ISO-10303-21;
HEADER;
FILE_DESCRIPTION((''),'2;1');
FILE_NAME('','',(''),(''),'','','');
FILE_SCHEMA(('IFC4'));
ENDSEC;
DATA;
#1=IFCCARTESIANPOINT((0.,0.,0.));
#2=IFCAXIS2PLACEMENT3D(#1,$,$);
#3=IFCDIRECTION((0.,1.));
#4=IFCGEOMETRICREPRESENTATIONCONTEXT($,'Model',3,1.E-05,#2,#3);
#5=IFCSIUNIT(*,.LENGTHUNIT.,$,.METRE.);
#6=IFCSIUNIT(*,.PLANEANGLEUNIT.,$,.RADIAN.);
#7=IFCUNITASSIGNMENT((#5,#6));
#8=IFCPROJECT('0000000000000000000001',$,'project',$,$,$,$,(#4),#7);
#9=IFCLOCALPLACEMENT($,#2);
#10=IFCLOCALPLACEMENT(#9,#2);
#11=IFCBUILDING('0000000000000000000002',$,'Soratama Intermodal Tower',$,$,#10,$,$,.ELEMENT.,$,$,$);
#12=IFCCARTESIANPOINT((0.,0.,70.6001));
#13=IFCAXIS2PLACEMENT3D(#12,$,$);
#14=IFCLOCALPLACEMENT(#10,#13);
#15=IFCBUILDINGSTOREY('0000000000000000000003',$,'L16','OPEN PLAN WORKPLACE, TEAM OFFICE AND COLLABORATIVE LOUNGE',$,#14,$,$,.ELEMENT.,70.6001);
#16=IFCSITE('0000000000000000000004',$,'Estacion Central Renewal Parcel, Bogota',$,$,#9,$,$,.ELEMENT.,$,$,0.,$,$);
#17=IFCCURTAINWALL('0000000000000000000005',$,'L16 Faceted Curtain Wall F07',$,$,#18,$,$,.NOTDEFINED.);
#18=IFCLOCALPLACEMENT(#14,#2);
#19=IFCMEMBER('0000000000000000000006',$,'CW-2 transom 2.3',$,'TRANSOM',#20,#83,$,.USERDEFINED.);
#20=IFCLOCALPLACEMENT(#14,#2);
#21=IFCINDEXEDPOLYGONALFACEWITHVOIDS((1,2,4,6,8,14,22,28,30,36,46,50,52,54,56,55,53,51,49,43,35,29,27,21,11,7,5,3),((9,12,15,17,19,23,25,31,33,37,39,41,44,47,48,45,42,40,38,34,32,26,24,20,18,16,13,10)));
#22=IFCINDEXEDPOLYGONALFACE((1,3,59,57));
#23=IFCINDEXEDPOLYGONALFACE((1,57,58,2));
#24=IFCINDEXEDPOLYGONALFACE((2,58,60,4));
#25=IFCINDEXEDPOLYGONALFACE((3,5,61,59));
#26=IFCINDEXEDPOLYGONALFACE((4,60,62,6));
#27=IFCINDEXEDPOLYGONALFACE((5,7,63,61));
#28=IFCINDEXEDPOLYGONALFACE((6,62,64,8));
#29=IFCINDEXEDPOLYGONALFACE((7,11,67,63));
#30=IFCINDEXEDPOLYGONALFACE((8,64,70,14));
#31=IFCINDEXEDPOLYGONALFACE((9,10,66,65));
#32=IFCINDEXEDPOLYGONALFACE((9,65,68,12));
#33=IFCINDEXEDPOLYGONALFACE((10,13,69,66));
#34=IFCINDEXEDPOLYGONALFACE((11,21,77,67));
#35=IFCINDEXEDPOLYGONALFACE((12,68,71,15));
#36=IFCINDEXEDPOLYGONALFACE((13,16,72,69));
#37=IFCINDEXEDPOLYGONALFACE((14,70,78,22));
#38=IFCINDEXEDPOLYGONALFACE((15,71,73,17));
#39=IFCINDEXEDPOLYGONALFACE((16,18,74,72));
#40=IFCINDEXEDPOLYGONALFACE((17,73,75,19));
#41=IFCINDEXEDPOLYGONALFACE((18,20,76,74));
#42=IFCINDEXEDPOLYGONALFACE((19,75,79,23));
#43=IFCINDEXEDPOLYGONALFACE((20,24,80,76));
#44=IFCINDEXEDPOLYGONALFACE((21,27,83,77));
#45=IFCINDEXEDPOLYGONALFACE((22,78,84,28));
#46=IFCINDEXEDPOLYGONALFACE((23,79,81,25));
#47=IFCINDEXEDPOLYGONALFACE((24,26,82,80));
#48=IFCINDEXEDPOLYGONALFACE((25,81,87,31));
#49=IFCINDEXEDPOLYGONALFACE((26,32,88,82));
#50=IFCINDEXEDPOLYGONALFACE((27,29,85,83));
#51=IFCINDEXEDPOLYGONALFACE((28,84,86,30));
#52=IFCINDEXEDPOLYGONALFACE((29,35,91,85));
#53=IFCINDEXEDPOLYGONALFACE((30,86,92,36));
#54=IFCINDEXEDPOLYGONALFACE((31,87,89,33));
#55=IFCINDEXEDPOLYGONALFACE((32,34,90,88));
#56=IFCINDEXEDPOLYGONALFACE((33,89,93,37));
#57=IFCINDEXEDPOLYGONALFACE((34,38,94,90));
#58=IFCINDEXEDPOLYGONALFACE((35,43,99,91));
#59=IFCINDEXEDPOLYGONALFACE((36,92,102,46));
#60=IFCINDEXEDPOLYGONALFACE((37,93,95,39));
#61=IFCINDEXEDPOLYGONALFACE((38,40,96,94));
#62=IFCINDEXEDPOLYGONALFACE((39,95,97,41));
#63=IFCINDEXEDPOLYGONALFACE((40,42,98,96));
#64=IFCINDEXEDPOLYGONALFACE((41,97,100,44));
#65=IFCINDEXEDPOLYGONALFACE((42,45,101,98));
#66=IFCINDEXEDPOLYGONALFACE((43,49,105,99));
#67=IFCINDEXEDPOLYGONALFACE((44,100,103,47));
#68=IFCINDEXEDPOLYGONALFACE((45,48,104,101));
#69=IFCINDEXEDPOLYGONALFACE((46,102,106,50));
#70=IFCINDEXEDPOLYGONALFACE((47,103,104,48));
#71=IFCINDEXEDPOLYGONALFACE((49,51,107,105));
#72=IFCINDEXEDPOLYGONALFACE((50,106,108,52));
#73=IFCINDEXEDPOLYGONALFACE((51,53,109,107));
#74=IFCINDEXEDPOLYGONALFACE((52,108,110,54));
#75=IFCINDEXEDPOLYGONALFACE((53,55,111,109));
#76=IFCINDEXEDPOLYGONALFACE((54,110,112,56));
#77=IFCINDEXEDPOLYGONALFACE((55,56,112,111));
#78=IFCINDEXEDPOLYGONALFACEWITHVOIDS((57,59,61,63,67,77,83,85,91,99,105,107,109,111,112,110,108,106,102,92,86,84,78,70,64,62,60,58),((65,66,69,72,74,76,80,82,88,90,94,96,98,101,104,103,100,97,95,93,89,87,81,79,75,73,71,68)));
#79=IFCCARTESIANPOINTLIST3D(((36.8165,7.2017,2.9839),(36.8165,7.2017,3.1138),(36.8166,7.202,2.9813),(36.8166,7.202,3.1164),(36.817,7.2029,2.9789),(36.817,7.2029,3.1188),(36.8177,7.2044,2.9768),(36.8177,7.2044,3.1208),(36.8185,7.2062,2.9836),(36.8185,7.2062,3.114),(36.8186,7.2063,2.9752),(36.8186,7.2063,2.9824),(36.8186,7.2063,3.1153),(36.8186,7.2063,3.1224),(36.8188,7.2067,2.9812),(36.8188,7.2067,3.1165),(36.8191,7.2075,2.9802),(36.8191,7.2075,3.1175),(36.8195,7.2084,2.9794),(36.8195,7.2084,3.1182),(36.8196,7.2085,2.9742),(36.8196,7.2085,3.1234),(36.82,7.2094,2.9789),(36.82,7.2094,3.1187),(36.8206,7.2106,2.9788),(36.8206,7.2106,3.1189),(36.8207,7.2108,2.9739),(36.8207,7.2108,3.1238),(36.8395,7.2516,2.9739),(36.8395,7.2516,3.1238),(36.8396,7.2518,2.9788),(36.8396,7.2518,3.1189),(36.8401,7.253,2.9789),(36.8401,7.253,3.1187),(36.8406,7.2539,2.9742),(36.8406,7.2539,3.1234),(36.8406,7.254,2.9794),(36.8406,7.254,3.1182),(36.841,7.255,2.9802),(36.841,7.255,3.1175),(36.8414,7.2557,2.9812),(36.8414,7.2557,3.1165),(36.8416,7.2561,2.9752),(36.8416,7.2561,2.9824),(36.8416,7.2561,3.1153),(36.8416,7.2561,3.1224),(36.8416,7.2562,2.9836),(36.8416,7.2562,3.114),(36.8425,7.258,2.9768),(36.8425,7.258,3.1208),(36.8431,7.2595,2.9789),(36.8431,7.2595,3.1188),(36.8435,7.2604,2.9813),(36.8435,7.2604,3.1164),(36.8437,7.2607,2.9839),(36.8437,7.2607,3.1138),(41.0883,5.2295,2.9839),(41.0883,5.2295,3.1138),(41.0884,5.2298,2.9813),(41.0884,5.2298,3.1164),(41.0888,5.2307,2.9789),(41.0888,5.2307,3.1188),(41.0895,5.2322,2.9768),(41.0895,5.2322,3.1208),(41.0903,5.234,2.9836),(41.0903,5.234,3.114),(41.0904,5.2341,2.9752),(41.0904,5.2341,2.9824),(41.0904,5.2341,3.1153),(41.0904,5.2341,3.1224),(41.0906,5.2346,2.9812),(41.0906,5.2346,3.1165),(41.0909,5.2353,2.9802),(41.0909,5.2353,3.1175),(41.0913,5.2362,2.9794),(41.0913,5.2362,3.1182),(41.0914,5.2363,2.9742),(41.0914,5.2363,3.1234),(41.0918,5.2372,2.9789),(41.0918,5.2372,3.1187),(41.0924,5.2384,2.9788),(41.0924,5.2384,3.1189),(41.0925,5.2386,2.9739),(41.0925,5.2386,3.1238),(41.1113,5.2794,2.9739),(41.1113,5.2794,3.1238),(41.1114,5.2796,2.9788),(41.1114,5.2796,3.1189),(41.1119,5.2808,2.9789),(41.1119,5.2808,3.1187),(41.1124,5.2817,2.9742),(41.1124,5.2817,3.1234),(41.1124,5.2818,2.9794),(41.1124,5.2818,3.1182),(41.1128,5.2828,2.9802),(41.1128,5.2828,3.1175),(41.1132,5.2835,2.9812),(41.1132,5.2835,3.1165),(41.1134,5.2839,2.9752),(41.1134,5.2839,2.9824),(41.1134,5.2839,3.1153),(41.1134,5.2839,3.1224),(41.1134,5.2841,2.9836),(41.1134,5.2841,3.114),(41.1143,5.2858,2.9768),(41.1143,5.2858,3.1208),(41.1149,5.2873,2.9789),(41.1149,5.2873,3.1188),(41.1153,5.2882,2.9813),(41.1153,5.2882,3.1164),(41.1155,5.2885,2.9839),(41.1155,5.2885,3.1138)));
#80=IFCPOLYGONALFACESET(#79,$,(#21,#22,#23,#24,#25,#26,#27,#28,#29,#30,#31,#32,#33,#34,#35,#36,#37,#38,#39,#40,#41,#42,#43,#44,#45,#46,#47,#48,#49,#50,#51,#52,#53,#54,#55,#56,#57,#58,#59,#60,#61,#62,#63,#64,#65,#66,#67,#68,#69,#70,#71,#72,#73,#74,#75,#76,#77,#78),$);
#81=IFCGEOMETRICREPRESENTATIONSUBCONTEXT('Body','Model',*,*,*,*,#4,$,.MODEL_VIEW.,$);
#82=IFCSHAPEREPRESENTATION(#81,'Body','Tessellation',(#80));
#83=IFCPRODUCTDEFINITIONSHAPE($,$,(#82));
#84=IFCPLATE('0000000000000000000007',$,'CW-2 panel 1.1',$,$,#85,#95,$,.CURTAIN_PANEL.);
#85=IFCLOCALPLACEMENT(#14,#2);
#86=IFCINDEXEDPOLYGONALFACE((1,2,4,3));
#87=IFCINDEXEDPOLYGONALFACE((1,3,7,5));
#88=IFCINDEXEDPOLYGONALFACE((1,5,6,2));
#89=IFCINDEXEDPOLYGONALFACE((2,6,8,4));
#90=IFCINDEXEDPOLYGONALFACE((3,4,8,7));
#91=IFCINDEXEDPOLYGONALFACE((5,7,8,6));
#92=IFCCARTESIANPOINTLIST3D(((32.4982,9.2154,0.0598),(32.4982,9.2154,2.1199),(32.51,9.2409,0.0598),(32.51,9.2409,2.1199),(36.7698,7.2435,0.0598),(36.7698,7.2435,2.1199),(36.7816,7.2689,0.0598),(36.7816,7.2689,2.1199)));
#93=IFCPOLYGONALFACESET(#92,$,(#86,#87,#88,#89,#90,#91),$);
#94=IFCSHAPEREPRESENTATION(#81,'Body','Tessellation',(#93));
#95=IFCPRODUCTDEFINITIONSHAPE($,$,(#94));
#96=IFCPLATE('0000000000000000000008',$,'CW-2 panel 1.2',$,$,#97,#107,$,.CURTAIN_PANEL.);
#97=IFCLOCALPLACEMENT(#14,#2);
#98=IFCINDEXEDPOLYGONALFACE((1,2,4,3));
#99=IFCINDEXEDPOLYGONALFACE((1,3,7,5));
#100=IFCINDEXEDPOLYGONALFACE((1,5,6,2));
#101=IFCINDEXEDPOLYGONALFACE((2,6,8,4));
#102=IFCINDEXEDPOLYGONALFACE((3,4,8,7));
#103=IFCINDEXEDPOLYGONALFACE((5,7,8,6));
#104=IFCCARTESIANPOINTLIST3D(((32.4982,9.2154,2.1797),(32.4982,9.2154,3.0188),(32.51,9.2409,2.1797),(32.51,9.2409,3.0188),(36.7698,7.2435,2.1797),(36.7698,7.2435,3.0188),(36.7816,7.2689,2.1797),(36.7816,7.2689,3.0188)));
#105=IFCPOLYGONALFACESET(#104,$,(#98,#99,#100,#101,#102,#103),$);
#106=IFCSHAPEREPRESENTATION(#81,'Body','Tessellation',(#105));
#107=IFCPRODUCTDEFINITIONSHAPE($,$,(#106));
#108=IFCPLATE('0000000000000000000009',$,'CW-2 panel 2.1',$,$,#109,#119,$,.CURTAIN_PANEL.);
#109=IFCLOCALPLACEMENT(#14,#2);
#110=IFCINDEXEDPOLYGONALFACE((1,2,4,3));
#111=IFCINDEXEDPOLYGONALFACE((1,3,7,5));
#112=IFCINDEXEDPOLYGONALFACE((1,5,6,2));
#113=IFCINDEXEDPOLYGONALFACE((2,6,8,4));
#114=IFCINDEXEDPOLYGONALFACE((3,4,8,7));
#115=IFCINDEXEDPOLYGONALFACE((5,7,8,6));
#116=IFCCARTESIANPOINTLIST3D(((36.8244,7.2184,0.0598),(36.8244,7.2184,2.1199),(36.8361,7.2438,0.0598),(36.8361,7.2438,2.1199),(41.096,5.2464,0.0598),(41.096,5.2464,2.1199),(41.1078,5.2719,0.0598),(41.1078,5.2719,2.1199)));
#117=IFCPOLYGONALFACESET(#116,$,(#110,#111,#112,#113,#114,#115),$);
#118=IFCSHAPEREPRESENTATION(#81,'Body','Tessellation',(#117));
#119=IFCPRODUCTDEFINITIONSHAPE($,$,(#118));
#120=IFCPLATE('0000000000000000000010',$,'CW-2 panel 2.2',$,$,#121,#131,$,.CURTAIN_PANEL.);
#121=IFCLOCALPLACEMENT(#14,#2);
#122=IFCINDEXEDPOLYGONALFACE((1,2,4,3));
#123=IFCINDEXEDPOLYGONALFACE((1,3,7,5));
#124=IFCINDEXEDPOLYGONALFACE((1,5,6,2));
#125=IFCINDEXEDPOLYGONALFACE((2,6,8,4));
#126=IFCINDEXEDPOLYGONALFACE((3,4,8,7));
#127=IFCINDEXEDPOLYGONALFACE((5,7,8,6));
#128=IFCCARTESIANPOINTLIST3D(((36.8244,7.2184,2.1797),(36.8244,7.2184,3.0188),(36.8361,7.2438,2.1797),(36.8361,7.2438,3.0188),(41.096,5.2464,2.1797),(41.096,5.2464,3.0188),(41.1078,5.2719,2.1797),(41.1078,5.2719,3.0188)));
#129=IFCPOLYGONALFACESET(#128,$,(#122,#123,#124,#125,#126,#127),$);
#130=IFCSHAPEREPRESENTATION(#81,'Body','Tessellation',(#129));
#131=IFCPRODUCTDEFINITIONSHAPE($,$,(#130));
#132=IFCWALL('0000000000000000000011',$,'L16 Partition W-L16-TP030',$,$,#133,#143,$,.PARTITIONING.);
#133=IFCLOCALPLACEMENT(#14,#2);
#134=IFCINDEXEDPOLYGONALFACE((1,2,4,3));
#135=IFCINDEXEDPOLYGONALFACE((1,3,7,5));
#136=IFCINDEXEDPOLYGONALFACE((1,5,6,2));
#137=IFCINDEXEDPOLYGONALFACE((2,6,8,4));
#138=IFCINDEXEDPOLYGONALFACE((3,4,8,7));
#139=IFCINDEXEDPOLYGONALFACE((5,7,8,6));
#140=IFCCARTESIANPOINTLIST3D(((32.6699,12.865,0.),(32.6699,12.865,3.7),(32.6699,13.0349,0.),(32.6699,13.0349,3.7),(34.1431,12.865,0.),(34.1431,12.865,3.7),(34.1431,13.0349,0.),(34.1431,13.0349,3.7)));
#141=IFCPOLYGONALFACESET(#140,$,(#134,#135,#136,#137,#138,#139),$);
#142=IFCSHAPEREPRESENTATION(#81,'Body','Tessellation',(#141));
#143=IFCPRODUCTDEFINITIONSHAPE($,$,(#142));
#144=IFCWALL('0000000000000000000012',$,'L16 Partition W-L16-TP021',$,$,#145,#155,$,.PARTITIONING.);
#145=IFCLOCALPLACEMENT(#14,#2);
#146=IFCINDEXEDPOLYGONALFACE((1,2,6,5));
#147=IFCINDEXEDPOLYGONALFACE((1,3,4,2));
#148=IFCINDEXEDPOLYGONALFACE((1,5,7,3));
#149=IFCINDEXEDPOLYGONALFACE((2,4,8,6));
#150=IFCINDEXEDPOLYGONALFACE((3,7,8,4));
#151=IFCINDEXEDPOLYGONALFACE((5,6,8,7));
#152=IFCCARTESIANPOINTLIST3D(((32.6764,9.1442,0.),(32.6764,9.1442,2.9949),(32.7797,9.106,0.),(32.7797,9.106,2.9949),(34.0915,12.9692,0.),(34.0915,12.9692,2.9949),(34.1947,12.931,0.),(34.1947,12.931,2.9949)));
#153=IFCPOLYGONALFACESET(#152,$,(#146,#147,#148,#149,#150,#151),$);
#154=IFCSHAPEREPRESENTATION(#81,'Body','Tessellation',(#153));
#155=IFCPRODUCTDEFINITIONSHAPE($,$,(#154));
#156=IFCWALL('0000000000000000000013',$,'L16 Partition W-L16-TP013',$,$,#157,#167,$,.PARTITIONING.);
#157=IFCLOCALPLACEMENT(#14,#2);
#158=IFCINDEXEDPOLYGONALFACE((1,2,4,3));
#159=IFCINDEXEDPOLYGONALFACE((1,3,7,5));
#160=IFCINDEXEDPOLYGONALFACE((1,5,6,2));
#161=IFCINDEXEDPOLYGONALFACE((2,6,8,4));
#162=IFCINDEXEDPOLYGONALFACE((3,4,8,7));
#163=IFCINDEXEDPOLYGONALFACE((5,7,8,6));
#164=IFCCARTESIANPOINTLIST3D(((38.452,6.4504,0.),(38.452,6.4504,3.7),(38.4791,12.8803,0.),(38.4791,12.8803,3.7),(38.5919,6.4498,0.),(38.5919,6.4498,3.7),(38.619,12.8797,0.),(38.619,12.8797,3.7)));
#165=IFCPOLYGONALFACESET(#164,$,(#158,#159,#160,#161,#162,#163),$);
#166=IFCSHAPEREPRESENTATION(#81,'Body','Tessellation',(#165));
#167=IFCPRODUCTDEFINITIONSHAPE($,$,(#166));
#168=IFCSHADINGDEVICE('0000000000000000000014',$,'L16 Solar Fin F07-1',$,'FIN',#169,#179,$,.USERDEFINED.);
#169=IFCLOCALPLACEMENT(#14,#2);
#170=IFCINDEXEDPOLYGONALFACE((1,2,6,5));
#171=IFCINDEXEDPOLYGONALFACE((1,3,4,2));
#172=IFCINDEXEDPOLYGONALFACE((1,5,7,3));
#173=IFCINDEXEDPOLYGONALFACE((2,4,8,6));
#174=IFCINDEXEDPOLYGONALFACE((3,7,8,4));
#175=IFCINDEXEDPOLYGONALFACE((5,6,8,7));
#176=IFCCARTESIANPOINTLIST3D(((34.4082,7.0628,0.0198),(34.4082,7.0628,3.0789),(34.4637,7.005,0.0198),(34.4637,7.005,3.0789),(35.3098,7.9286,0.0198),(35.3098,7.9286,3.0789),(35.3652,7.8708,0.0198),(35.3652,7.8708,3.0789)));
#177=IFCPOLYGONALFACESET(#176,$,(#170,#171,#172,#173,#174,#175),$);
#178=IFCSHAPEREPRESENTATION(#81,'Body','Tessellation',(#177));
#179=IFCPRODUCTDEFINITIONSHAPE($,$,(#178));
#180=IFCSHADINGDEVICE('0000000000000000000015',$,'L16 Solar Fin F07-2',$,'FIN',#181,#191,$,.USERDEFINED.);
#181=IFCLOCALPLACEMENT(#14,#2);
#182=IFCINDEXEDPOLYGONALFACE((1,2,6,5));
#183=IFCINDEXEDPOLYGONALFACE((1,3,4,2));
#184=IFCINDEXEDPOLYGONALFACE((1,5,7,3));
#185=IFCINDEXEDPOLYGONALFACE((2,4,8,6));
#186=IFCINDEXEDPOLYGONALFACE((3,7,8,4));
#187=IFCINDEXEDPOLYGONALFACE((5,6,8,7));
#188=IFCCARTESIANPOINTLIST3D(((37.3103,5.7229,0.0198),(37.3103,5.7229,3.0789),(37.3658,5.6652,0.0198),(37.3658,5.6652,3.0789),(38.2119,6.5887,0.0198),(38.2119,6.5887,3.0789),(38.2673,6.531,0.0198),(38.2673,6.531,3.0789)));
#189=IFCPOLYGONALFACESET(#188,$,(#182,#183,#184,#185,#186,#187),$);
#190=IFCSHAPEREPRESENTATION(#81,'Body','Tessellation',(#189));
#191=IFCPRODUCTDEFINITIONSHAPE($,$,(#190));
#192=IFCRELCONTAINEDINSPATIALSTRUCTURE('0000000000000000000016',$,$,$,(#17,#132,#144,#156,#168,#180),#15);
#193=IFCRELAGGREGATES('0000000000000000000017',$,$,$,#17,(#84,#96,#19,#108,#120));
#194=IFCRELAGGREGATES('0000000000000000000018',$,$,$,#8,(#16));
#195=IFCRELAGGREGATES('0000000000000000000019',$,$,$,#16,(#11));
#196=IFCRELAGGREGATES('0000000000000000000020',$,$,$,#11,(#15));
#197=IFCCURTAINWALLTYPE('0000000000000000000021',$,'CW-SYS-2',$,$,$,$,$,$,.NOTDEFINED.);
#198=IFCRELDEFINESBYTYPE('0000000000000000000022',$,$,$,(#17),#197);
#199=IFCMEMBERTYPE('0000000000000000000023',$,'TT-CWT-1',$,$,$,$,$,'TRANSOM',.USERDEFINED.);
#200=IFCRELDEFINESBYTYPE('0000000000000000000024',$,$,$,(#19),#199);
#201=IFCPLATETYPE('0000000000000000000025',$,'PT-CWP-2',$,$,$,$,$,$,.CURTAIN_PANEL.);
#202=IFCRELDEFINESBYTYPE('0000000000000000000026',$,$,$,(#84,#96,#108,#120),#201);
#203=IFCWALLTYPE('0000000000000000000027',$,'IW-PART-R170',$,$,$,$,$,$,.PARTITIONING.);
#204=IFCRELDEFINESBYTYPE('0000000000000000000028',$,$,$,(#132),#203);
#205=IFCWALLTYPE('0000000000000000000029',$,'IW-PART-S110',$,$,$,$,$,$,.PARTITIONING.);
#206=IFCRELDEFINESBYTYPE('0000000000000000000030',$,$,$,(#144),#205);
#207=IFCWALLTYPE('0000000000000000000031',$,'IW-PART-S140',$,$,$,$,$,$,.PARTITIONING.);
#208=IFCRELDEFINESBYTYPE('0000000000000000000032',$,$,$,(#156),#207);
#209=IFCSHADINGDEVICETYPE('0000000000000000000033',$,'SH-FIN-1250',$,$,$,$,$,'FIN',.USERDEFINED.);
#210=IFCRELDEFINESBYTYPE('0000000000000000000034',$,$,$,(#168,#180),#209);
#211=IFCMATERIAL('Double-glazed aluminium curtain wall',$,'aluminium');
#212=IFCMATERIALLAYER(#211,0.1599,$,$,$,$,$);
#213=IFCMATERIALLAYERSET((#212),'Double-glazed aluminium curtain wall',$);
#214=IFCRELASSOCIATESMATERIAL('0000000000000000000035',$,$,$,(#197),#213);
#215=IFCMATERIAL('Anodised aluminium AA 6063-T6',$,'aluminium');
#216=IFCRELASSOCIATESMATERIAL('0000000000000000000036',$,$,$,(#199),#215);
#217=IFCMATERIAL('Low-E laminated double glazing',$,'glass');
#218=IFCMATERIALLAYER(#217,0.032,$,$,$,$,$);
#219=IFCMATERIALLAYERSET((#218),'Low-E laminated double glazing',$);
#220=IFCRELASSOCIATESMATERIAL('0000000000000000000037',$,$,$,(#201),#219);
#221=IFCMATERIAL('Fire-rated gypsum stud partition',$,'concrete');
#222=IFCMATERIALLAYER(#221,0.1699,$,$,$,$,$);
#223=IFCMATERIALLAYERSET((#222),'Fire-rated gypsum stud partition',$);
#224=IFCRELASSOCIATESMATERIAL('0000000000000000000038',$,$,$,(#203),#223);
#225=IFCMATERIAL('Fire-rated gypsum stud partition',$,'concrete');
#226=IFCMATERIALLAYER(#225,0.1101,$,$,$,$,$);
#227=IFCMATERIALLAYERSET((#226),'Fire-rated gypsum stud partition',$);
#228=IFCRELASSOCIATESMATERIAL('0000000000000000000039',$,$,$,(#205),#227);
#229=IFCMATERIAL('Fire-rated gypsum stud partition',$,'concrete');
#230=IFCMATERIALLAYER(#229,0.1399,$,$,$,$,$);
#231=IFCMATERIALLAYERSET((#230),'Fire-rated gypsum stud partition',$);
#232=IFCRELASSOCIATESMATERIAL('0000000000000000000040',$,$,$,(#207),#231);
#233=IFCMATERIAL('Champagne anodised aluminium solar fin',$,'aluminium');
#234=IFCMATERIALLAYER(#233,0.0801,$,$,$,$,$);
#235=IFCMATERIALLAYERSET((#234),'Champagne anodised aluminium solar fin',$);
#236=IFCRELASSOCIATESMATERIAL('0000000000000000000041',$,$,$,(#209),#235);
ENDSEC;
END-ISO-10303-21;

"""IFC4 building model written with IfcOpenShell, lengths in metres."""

from ifc_helpers import new_model, si_unit, direction, frame, frame_2d, origin, origin_2d, place, context, subcontext, project, spatial, rectangle, hollow_rectangle, extrude, material, layer, layer_set, material_profile, profile_set, type_object, element, aggregate, save


model = new_model("IFC4")

# Units and contexts
model_context = context("Model", 3, precision=1e-05, world=origin(), true_north=direction((0.0, 1.0)))
body_context = subcontext(model_context, "Body", "Model", "MODEL_VIEW")
ifc_project = project(units=[si_unit("LENGTHUNIT", "METRE"), si_unit("PLANEANGLEUNIT", "RADIAN")], contexts=[model_context])

# Site, building, storey
site_placement = place(None, origin())
site = spatial("IfcSite", under=ifc_project, at=site_placement, Name="Estacion Central Renewal Parcel, Bogota", CompositionType="ELEMENT", RefElevation=0.0)
building_placement = place(site_placement, origin())
building = spatial("IfcBuilding", under=site, at=building_placement, Name="Soratama Intermodal Tower", CompositionType="ELEMENT")
storey_placement = place(building_placement, frame((0.0, 0.0, 70.6001)))
storey = spatial("IfcBuildingStorey", under=building, at=storey_placement, Name="L16", Description="OPEN PLAN WORKPLACE, TEAM OFFICE AND COLLABORATIVE LOUNGE", CompositionType="ELEMENT", Elevation=70.6001)

# Curtain wall, member, plates
ifc_material_1 = material(Name="Double-glazed aluminium curtain wall", Category="aluminium")
ifc_layer_1 = layer(ifc_material_1, 0.1599)
ifc_layer_set_1 = layer_set([ifc_layer_1], Name="Double-glazed aluminium curtain wall")
curtain_wall_type = type_object("IfcCurtainWallType", Name="CW-SYS-2", PredefinedType="NOTDEFINED", material=ifc_layer_set_1)
curtain_wall_placement = place(storey_placement, origin())
curtain_wall = element("IfcCurtainWall", 1, at=curtain_wall_placement, inside=storey, type_object=curtain_wall_type, Name="L16 Faceted Curtain Wall F07", PredefinedType="NOTDEFINED")
ifc_material_2 = material(Name="Anodised aluminium AA 6063-T6", Category="aluminium")
ifc_material_profile_1 = material_profile(ifc_material_2, hollow_rectangle(XDim=0.0649, YDim=0.1499, WallThickness=0.0049, InnerFilletRadius=0.0049, OuterFilletRadius=0.01, at=origin_2d()), Name="CWT150X65X5")
ifc_profile_set_1 = profile_set([ifc_material_profile_1], Name="Anodised aluminium AA 6063-T6")
member_type_1 = type_object("IfcMemberType", Name="TT-CWT-1", ElementType="TRANSOM", PredefinedType="USERDEFINED", material=ifc_profile_set_1)
member_1_placement = place(storey_placement, frame((36.8301, 7.2312, 3.0488), z_axis=(0.907911, -0.419163, 0.0), x_axis=(0.419163, 0.907911, 0.0)))
member_1 = element("IfcMember", 2, at=member_1_placement, type_object=member_type_1, Name="CW-2 transom 2.3", ObjectType="TRANSOM", PredefinedType="USERDEFINED", context=body_context, shape_type="SweptSolid", body=[
    extrude(hollow_rectangle(XDim=0.0649, YDim=0.1499, WallThickness=0.0049, InnerFilletRadius=0.0049, OuterFilletRadius=0.01, at=origin_2d()), origin(), (0.0, 0.0, 1.0), 4.7051),
])
ifc_material_3 = material(Name="Low-E laminated double glazing", Category="glass")
ifc_layer_2 = layer(ifc_material_3, 0.032)
ifc_layer_set_2 = layer_set([ifc_layer_2], Name="Low-E laminated double glazing")
plate_type = type_object("IfcPlateType", Name="PT-CWP-2", PredefinedType="CURTAIN_PANEL", material=ifc_layer_set_2)
plate_1_placement = place(storey_placement, frame((34.6399, 8.2422, 0.0598), z_axis=(0.0, 0.0, 1.0), x_axis=(0.907923, -0.419138, 0.0)))
plate_1 = element("IfcPlate", 3, at=plate_1_placement, type_object=plate_type, Name="CW-2 panel 1.1", PredefinedType="CURTAIN_PANEL", context=body_context, shape_type="SweptSolid", body=[
    extrude(rectangle(XDim=4.7048, YDim=0.0281, at=origin_2d()), origin(), (0.0, 0.0, 1.0), 2.0601),
])
plate_2_placement = place(storey_placement, frame((34.6399, 8.2422, 2.1797), z_axis=(0.0, 0.0, 1.0), x_axis=(0.907923, -0.419138, 0.0)))
plate_2 = element("IfcPlate", 4, at=plate_2_placement, type_object=plate_type, Name="CW-2 panel 1.2", PredefinedType="CURTAIN_PANEL", context=body_context, shape_type="SweptSolid", body=[
    extrude(rectangle(XDim=4.7048, YDim=0.0281, at=origin_2d()), origin(), (0.0, 0.0, 1.0), 0.8391),
])
plate_3_placement = place(storey_placement, frame((38.9661, 6.2451, 0.0598), z_axis=(0.0, 0.0, 1.0), x_axis=(0.907923, -0.419138, 0.0)))
plate_3 = element("IfcPlate", 5, at=plate_3_placement, type_object=plate_type, Name="CW-2 panel 2.1", PredefinedType="CURTAIN_PANEL", context=body_context, shape_type="SweptSolid", body=[
    extrude(rectangle(XDim=4.7048, YDim=0.0281, at=origin_2d()), origin(), (0.0, 0.0, 1.0), 2.0601),
])
plate_4_placement = place(storey_placement, frame((38.9661, 6.2451, 2.1797), z_axis=(0.0, 0.0, 1.0), x_axis=(0.907923, -0.419138, 0.0)))
plate_4 = element("IfcPlate", 6, at=plate_4_placement, type_object=plate_type, Name="CW-2 panel 2.2", PredefinedType="CURTAIN_PANEL", context=body_context, shape_type="SweptSolid", body=[
    extrude(rectangle(XDim=4.7048, YDim=0.0281, at=origin_2d()), origin(), (0.0, 0.0, 1.0), 0.8391),
])
aggregate(curtain_wall, [plate_1, plate_2, member_1, plate_3, plate_4])

# Shared definitions
ifc_material_4 = material(Name="Fire-rated gypsum stud partition", Category="concrete")
ifc_layer_3 = layer(ifc_material_4, 0.1699)
ifc_layer_set_3 = layer_set([ifc_layer_3], Name="Fire-rated gypsum stud partition")
wall_type_1 = type_object("IfcWallType", Name="IW-PART-R170", PredefinedType="PARTITIONING", material=ifc_layer_set_3)

# Walls
wall_1_placement = place(storey_placement, frame((34.1431, 12.95, 0.0), z_axis=(0.0, 0.0, 1.0), x_axis=(-1.0, 0.0, 0.0)))
element("IfcWall", 7, at=wall_1_placement, inside=storey, type_object=wall_type_1, Name="L16 Partition W-L16-TP030", PredefinedType="PARTITIONING", context=body_context, shape_type="SweptSolid", body=[
    extrude(rectangle(XDim=1.4731, YDim=0.1699, at=frame_2d((0.7366, 0.0))), origin(), (0.0, 0.0, 1.0), 3.7),
])
ifc_material_5 = material(Name="Fire-rated gypsum stud partition", Category="concrete")
ifc_layer_4 = layer(ifc_material_5, 0.1101)
ifc_layer_set_4 = layer_set([ifc_layer_4], Name="Fire-rated gypsum stud partition")
wall_type_2 = type_object("IfcWallType", Name="IW-PART-S110", PredefinedType="PARTITIONING", material=ifc_layer_set_4)
wall_2_placement = place(storey_placement, frame((34.1431, 12.95, 0.0), z_axis=(0.0, 0.0, 1.0), x_axis=(-0.346967, -0.937877, 0.0)))
element("IfcWall", 8, at=wall_2_placement, inside=storey, type_object=wall_type_2, Name="L16 Partition W-L16-TP021", PredefinedType="PARTITIONING", context=body_context, shape_type="SweptSolid", body=[
    extrude(rectangle(XDim=4.0784, YDim=0.1101, at=frame_2d((2.0391, 0.0))), origin(), (0.0, 0.0, 1.0), 2.9949),
])
ifc_material_6 = material(Name="Fire-rated gypsum stud partition", Category="concrete")
ifc_layer_5 = layer(ifc_material_6, 0.1399)
ifc_layer_set_5 = layer_set([ifc_layer_5], Name="Fire-rated gypsum stud partition")
wall_type_3 = type_object("IfcWallType", Name="IW-PART-S140", PredefinedType="PARTITIONING", material=ifc_layer_set_5)
wall_3_placement = place(storey_placement, frame((38.5491, 12.8799, 0.0), z_axis=(0.0, 0.0, 1.0), x_axis=(-0.004215, -0.999991, 0.0)))
element("IfcWall", 9, at=wall_3_placement, inside=storey, type_object=wall_type_3, Name="L16 Partition W-L16-TP013", PredefinedType="PARTITIONING", context=body_context, shape_type="SweptSolid", body=[
    extrude(rectangle(XDim=6.4299, YDim=0.1399, at=frame_2d((3.2148, 0.0))), origin(), (0.0, 0.0, 1.0), 3.7),
])

# Shading devices
ifc_material_7 = material(Name="Champagne anodised aluminium solar fin", Category="aluminium")
ifc_layer_6 = layer(ifc_material_7, 0.0801)
ifc_layer_set_6 = layer_set([ifc_layer_6], Name="Champagne anodised aluminium solar fin")
shading_device_type = type_object("IfcShadingDeviceType", Name="SH-FIN-1250", ElementType="FIN", PredefinedType="USERDEFINED", material=ifc_layer_set_6)
for number, where, z_axis, x_axis, name in (
    (10, (34.8867, 7.4668, 0.0198), (0.0, 0.0, 1.0), (-0.721277, -0.692647, 0.0), "L16 Solar Fin F07-1"),
    (11, (37.7888, 6.127, 0.0198), (0.0, 0.0, 1.0), (-0.721277, -0.692647, 0.0), "L16 Solar Fin F07-2"),
):
    element("IfcShadingDevice", number, at=place(storey_placement, frame(where, z_axis=z_axis, x_axis=x_axis)), inside=storey, type_object=shading_device_type, Name=name, ObjectType="FIN", PredefinedType="USERDEFINED", context=body_context, shape_type="SweptSolid", body=[
        extrude(rectangle(XDim=1.25, YDim=0.0801, at=origin_2d()), origin(), (0.0, 0.0, 1.0), 3.0591),
    ])

save(model, "model.ifc")
